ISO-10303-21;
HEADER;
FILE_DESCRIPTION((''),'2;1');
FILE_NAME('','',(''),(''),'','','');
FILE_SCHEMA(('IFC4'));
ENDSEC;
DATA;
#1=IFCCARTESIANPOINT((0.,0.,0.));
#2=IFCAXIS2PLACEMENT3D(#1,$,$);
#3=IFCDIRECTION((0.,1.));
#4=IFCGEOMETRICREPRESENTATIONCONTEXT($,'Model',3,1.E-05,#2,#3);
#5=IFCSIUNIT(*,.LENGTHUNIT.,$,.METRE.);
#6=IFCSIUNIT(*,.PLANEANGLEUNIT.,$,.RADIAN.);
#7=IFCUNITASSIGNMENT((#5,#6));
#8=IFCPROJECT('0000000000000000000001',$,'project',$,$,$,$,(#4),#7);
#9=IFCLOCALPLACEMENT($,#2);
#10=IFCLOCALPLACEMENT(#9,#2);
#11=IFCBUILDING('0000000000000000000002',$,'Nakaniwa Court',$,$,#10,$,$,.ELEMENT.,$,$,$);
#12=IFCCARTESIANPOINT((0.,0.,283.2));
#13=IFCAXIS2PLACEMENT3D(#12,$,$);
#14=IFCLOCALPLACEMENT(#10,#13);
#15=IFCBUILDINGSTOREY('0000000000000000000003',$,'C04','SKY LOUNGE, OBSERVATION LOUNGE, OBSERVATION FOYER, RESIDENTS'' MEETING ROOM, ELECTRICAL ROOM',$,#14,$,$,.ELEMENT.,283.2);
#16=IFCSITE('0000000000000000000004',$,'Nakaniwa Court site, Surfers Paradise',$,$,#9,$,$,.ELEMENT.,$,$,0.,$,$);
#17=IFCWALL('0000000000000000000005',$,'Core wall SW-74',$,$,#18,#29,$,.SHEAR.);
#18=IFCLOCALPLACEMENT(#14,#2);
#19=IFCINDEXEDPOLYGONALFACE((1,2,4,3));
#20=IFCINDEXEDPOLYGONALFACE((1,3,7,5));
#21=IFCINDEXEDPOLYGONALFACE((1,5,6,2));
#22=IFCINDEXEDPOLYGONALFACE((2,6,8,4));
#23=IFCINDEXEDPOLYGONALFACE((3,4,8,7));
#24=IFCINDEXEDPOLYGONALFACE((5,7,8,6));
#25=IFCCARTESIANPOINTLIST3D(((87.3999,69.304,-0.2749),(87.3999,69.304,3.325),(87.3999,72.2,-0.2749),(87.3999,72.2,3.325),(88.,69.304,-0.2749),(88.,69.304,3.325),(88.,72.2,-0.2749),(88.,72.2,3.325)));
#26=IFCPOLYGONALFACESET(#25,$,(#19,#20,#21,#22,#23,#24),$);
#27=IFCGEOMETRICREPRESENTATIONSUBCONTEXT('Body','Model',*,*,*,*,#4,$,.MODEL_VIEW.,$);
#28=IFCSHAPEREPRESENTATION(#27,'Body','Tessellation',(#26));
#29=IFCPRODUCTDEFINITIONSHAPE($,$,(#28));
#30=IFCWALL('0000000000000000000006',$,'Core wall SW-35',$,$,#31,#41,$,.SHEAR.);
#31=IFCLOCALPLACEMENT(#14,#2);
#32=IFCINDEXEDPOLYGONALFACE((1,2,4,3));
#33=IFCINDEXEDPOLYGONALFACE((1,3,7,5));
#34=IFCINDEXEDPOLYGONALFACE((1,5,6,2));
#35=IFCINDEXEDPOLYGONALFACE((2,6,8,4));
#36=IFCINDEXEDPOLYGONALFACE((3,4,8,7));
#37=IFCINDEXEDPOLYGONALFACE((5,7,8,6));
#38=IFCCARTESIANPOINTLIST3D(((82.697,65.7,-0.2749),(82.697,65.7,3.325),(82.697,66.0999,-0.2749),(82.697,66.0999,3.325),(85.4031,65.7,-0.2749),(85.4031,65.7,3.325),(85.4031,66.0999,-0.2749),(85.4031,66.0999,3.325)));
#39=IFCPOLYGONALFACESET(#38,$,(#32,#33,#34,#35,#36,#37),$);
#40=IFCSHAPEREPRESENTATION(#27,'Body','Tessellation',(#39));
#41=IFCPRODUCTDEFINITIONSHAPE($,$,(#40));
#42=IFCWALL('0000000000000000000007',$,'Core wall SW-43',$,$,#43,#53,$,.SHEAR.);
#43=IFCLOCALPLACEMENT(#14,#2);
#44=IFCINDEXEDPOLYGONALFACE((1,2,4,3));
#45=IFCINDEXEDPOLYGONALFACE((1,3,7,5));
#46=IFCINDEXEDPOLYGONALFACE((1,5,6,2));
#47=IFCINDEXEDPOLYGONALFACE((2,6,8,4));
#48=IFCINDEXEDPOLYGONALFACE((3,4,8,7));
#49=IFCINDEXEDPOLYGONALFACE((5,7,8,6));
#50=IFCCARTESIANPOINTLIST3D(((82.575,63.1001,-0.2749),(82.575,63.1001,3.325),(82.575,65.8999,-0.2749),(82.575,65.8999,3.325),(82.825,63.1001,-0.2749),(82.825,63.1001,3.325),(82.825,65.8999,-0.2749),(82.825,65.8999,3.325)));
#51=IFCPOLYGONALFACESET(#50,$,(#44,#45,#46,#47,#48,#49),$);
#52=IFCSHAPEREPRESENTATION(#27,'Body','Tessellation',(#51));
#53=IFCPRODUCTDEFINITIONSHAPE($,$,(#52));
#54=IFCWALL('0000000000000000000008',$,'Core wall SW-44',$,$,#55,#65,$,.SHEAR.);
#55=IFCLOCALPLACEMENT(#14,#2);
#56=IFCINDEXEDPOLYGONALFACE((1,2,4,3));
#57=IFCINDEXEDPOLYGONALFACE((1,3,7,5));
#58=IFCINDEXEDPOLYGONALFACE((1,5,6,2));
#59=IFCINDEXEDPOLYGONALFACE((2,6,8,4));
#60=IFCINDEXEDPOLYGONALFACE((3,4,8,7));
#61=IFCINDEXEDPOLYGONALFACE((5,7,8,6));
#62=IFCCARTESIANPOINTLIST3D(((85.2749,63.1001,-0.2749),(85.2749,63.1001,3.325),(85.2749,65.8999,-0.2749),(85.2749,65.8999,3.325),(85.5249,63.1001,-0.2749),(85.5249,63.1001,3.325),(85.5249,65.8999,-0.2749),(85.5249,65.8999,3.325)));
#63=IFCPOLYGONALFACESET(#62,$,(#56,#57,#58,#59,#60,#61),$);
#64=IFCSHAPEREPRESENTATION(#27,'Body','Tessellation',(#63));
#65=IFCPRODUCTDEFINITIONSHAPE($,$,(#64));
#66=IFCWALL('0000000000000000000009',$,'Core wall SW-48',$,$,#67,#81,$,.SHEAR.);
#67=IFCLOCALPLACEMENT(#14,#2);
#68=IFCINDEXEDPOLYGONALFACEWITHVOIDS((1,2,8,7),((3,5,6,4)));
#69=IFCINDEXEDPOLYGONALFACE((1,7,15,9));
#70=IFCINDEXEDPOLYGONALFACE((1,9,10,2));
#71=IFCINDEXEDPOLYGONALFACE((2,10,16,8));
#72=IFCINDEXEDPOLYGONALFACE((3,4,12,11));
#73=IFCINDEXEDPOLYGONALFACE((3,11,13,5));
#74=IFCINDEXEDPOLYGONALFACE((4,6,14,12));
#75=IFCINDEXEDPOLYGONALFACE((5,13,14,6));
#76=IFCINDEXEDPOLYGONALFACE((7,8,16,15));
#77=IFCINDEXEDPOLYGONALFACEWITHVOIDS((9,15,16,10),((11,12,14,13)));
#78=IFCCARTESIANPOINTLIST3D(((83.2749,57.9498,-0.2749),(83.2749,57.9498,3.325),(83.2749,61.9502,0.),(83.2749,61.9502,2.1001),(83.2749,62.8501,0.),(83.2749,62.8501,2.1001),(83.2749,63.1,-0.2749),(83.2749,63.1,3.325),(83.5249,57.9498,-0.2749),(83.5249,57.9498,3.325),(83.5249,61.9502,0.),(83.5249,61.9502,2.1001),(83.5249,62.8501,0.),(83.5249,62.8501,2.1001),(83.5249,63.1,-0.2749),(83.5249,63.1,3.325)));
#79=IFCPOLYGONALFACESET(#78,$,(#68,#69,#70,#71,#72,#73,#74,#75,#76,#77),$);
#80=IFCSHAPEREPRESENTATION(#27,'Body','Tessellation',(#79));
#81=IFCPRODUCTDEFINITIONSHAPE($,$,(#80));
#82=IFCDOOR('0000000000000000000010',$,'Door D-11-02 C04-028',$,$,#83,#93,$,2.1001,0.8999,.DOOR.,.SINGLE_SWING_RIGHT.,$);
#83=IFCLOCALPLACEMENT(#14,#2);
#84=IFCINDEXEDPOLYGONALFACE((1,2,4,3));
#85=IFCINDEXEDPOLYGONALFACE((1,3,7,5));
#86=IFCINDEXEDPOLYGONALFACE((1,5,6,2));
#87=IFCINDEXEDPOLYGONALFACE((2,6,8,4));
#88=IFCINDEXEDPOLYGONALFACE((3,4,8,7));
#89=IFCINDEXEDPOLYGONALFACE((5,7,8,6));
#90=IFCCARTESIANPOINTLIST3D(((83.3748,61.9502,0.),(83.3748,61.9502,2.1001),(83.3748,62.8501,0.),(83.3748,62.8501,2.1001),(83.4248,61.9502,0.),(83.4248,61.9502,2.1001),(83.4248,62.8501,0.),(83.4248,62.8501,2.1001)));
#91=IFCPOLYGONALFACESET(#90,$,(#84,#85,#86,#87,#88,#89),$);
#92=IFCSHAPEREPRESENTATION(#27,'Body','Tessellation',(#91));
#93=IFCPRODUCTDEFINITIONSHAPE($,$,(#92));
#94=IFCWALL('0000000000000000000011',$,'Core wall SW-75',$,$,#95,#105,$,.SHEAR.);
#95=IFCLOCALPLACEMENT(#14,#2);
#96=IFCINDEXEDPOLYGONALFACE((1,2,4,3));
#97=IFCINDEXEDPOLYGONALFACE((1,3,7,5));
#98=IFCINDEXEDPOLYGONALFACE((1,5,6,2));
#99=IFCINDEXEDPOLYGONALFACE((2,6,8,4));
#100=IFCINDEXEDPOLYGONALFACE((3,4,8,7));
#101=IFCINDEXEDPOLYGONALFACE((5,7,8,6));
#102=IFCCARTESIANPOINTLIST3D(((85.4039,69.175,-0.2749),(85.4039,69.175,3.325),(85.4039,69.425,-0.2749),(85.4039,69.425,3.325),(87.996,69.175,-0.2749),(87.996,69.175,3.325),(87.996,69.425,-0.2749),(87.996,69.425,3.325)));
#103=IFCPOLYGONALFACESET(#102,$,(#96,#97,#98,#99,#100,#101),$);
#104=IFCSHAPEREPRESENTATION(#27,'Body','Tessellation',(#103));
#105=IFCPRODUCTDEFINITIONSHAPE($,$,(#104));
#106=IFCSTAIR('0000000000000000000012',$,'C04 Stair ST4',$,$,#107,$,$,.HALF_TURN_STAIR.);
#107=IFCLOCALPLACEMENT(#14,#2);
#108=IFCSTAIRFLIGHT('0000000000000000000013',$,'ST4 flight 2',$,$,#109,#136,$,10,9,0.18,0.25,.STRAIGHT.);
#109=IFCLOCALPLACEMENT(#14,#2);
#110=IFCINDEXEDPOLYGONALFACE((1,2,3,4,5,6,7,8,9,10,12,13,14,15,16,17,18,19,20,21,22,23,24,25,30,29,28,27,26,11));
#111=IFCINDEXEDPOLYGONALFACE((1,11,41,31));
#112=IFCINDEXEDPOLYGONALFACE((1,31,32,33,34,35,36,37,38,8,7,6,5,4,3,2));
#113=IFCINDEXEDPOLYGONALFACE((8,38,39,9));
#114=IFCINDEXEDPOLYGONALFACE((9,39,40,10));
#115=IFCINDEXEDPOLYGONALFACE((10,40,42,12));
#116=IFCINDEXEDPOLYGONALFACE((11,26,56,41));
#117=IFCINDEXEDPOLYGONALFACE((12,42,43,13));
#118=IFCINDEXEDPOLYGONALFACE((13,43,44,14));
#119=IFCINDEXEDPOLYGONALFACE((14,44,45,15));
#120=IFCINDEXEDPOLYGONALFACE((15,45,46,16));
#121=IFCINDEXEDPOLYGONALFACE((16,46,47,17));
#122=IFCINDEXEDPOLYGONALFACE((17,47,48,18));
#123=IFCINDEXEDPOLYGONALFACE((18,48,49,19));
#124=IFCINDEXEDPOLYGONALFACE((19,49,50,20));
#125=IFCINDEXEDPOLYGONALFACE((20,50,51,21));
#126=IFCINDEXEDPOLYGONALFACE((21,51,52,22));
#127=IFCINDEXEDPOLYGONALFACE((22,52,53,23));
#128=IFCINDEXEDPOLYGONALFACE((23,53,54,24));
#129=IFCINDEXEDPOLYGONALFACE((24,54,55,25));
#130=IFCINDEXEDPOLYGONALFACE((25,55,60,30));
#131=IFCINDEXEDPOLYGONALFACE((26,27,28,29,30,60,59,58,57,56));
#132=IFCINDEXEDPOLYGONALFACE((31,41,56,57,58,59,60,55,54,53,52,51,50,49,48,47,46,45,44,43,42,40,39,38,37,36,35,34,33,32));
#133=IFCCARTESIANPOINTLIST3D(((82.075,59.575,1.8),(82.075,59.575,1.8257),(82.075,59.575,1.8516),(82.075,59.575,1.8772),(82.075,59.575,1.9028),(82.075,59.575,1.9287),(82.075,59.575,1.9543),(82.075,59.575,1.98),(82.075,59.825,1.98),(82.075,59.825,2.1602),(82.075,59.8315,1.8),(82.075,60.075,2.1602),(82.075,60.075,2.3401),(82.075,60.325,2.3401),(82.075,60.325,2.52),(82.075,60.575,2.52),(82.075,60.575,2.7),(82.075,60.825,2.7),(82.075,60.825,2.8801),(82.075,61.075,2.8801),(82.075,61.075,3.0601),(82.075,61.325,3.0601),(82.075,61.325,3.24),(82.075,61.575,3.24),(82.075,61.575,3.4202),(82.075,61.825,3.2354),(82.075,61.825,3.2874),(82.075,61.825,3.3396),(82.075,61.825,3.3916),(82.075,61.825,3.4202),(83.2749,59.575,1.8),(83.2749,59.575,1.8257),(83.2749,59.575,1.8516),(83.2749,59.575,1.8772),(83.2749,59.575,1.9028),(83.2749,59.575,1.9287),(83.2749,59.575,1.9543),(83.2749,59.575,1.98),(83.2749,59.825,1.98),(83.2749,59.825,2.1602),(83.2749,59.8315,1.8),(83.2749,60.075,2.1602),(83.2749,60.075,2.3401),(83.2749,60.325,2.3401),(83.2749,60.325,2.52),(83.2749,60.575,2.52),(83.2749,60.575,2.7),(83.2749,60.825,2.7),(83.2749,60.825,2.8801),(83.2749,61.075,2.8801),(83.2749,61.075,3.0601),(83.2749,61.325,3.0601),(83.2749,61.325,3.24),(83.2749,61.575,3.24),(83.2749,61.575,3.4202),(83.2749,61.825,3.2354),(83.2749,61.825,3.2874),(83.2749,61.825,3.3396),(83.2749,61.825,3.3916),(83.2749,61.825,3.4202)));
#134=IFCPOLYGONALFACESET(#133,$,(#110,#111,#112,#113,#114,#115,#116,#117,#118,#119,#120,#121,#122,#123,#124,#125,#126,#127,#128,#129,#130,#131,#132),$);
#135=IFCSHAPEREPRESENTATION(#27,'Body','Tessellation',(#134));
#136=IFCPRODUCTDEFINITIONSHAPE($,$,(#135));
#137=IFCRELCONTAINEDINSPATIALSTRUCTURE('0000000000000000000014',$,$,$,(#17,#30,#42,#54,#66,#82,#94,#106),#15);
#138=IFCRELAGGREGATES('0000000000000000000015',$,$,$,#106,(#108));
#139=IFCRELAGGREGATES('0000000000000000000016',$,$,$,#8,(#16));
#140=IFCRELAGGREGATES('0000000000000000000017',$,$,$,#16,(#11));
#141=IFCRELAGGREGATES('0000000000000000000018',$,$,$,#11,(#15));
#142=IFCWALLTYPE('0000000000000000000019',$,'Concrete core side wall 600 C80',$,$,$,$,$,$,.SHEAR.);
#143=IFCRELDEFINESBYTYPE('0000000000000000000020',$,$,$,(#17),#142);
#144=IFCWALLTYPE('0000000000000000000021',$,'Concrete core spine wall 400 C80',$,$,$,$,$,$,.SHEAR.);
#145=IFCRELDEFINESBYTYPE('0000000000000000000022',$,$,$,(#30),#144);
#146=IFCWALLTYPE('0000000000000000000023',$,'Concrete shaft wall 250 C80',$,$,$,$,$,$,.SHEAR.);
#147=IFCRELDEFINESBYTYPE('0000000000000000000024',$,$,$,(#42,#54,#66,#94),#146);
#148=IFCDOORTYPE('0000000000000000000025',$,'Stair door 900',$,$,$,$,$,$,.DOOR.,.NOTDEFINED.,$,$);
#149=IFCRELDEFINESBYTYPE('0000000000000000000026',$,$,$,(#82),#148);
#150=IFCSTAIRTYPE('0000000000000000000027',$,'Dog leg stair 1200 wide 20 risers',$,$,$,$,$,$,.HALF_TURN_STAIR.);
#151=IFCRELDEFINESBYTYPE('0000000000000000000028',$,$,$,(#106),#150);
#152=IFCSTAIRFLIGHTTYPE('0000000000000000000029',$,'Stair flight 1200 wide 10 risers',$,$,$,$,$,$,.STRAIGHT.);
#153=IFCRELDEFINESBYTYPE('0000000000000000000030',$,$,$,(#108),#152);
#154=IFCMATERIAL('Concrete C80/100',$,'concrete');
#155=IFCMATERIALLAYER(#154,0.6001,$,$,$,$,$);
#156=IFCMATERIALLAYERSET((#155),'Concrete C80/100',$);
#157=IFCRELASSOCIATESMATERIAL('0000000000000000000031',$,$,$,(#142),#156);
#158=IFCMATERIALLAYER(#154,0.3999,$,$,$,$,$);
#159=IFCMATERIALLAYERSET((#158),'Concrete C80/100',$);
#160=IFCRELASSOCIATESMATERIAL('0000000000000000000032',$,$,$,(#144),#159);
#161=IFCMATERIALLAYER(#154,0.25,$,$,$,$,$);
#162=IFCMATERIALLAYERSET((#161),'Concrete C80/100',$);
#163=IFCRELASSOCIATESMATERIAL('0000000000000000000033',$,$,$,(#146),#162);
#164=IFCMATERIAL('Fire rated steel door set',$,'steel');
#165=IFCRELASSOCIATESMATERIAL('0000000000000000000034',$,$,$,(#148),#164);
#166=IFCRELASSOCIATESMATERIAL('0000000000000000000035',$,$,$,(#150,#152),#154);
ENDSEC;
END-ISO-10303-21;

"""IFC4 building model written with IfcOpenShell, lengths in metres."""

from ifc_helpers import new_model, si_unit, direction, frame, frame_2d, origin, place, context, subcontext, project, spatial, polyline, rectangle, outline, extrude, material, layer, layer_set, type_object, element, fill, aggregate, save


model = new_model("IFC4")

# Units and contexts
model_context = context("Model", 3, precision=1e-05, world=origin(), true_north=direction((0.0, 1.0)))
body_context = subcontext(model_context, "Body", "Model", "MODEL_VIEW")
ifc_project = project(units=[si_unit("LENGTHUNIT", "METRE"), si_unit("PLANEANGLEUNIT", "RADIAN")], contexts=[model_context])

# Site, building, storey
site_placement = place(None, origin())
site = spatial("IfcSite", under=ifc_project, at=site_placement, Name="Nakaniwa Court site, Surfers Paradise", CompositionType="ELEMENT", RefElevation=0.0)
building_placement = place(site_placement, origin())
building = spatial("IfcBuilding", under=site, at=building_placement, Name="Nakaniwa Court", CompositionType="ELEMENT")
storey_placement = place(building_placement, frame((0.0, 0.0, 283.2)))
storey = spatial("IfcBuildingStorey", under=building, at=storey_placement, Name="C04", Description="SKY LOUNGE, OBSERVATION LOUNGE, OBSERVATION FOYER, RESIDENTS' MEETING ROOM, ELECTRICAL ROOM", CompositionType="ELEMENT", Elevation=283.2)

# Shared definitions
ifc_material_1 = material(Name="Fire rated steel door set", Category="steel")
ifc_material_2 = material(Name="Concrete C80/100", Category="concrete")
ifc_layer_1 = layer(ifc_material_2, 0.6001)
ifc_layer_set_1 = layer_set([ifc_layer_1], Name="Concrete C80/100")
wall_type_1 = type_object("IfcWallType", Name="Concrete core side wall 600 C80", PredefinedType="SHEAR", material=ifc_layer_set_1)

# Walls
wall_1_placement = place(storey_placement, frame((87.7, 69.304, -0.2749), z_axis=(0.0, 0.0, 1.0), x_axis=(0.0, 1.0, 0.0)))
element("IfcWall", 1, at=wall_1_placement, inside=storey, type_object=wall_type_1, Name="Core wall SW-74", PredefinedType="SHEAR", context=body_context, shape_type="SweptSolid", body=[
    extrude(rectangle(XDim=2.896, YDim=0.6001, at=frame_2d((1.448, 0.0))), origin(), (0.0, 0.0, 1.0), 3.5999),
])
ifc_layer_2 = layer(ifc_material_2, 0.3999)
ifc_layer_set_2 = layer_set([ifc_layer_2], Name="Concrete C80/100")
wall_type_2 = type_object("IfcWallType", Name="Concrete core spine wall 400 C80", PredefinedType="SHEAR", material=ifc_layer_set_2)
wall_2_placement = place(storey_placement, frame((82.697, 65.8999, -0.2749), z_axis=(0.0, 0.0, 1.0), x_axis=(1.0, 0.0, 0.0)))
element("IfcWall", 2, at=wall_2_placement, inside=storey, type_object=wall_type_2, Name="Core wall SW-35", PredefinedType="SHEAR", context=body_context, shape_type="SweptSolid", body=[
    extrude(rectangle(XDim=2.7061, YDim=0.3999, at=frame_2d((1.353, 0.0))), origin(), (0.0, 0.0, 1.0), 3.5999),
])
ifc_layer_3 = layer(ifc_material_2, 0.25)
ifc_layer_set_3 = layer_set([ifc_layer_3], Name="Concrete C80/100")
wall_type_3 = type_object("IfcWallType", Name="Concrete shaft wall 250 C80", PredefinedType="SHEAR", material=ifc_layer_set_3)
for number, where, z_axis, x_axis, name in (
    (3, (82.7, 63.1001, -0.2749), (0.0, 0.0, 1.0), (0.0, 1.0, 0.0), "Core wall SW-43"),
    (4, (85.3999, 63.1001, -0.2749), (0.0, 0.0, 1.0), (0.0, 1.0, 0.0), "Core wall SW-44"),
):
    element("IfcWall", number, at=place(storey_placement, frame(where, z_axis=z_axis, x_axis=x_axis)), inside=storey, type_object=wall_type_3, Name=name, PredefinedType="SHEAR", context=body_context, shape_type="SweptSolid", body=[
        extrude(rectangle(XDim=2.7998, YDim=0.25, at=frame_2d((1.3999, 0.0))), origin(), (0.0, 0.0, 1.0), 3.5999),
    ])

# Wall, opening, door
wall_3_placement = place(storey_placement, frame((83.3999, 63.1001, -0.2749), z_axis=(0.0, 0.0, 1.0), x_axis=(0.0, -1.0, 0.0)))
wall_3 = element("IfcWall", 5, at=wall_3_placement, inside=storey, type_object=wall_type_3, Name="Core wall SW-48", PredefinedType="SHEAR", context=body_context, shape_type="SweptSolid", body=[
    extrude(rectangle(XDim=5.1501, YDim=0.25, at=frame_2d((2.5752, 0.0))), origin(), (0.0, 0.0, 1.0), 3.5999),
])
opening_1_placement = place(wall_3_placement, frame((0.25, 0.0, 0.2749)))
opening_1 = element("IfcOpeningElement", 6, at=opening_1_placement, cuts=wall_3, PredefinedType="OPENING", context=body_context, shape_type="SweptSolid", body=[
    extrude(rectangle(XDim=0.8999, YDim=2.1001, at=frame_2d((0.45, 1.05))), frame((0.0, 0.135, 0.0), z_axis=(0.0, -1.0, 0.0), x_axis=(1.0, 0.0, 0.0)), (0.0, 0.0, 1.0), 0.27),
])
door_type_1 = type_object("IfcDoorType", Name="Stair door 900", OperationType="NOTDEFINED", PredefinedType="DOOR", material=ifc_material_1)
door_1_placement = place(opening_1_placement, origin())
door_1 = element("IfcDoor", 7, at=door_1_placement, inside=storey, type_object=door_type_1, Name="Door D-11-02 C04-028", OperationType="SINGLE_SWING_RIGHT", OverallHeight=2.1001, OverallWidth=0.8999, PredefinedType="DOOR", context=body_context, shape_type="SweptSolid", body=[
    extrude(rectangle(XDim=0.8999, YDim=2.1001, at=frame_2d((0.45, 1.05))), frame((0.0, 0.0249, 0.0), z_axis=(0.0, -1.0, 0.0), x_axis=(1.0, 0.0, 0.0)), (0.0, 0.0, 1.0), 0.05),
])
fill(opening_1, door_1)

# Wall
wall_4_placement = place(storey_placement, frame((85.4041, 69.3, -0.2749), z_axis=(0.0, 0.0, 1.0), x_axis=(1.0, 0.0, 0.0)))
element("IfcWall", 8, at=wall_4_placement, inside=storey, type_object=wall_type_3, Name="Core wall SW-75", PredefinedType="SHEAR", context=body_context, shape_type="SweptSolid", body=[
    extrude(rectangle(XDim=2.592, YDim=0.25, at=frame_2d((1.2959, 0.0))), origin(), (0.0, 0.0, 1.0), 3.5999),
])

# Stair, stair flight
stair_type = type_object("IfcStairType", Name="Dog leg stair 1200 wide 20 risers", PredefinedType="HALF_TURN_STAIR", material=ifc_material_2)
stair_placement = place(storey_placement, origin())
stair = element("IfcStair", 9, at=stair_placement, inside=storey, type_object=stair_type, Name="C04 Stair ST4", PredefinedType="HALF_TURN_STAIR")
stair_flight_type = type_object("IfcStairFlightType", Name="Stair flight 1200 wide 10 risers", PredefinedType="STRAIGHT", material=ifc_material_2)
stair_flight_placement = place(storey_placement, frame((82.675, 59.575, 1.8), z_axis=(0.0, 0.0, 1.0), x_axis=(0.0, 1.0, 0.0)))
stair_flight = element("IfcStairFlight", 10, at=stair_flight_placement, type_object=stair_flight_type, Name="ST4 flight 2", NumberOfRisers=10, NumberOfTreads=9, PredefinedType="STRAIGHT", RiserHeight=0.18, TreadLength=0.25, context=body_context, shape_type="SweptSolid", body=[
    extrude(outline(polyline([(0.0, 0.0), (0.0, 0.0256), (0.0, 0.0515), (0.0, 0.0771), (0.0, 0.1028), (0.0, 0.1287), (0.0, 0.1543), (0.0, 0.1799), (0.25, 0.1799), (0.25, 0.3601), (0.5, 0.3601), (0.5, 0.54), (0.75, 0.54), (0.75, 0.72), (1.0, 0.72), (1.0, 0.8999), (1.25, 0.8999), (1.25, 1.0801), (1.5, 1.0801), (1.5, 1.26), (1.75, 1.26), (1.75, 1.4399), (2.0, 1.4399), (2.0, 1.6201), (2.25, 1.6201), (2.25, 1.8), (2.25, 1.7478), (2.25, 1.6958), (2.25, 1.6438), (2.25, 1.5916), (2.25, 1.5396), (2.25, 1.4873), (2.25, 1.4353), (0.2566, 0.0), (0.0, 0.0)])), frame((0.0, 0.6001, 0.0), z_axis=(0.0, -1.0, 0.0), x_axis=(1.0, 0.0, 0.0)), (0.0, 0.0, 1.0), 1.2),
])
aggregate(stair, [stair_flight])

save(model, "model.ifc")
